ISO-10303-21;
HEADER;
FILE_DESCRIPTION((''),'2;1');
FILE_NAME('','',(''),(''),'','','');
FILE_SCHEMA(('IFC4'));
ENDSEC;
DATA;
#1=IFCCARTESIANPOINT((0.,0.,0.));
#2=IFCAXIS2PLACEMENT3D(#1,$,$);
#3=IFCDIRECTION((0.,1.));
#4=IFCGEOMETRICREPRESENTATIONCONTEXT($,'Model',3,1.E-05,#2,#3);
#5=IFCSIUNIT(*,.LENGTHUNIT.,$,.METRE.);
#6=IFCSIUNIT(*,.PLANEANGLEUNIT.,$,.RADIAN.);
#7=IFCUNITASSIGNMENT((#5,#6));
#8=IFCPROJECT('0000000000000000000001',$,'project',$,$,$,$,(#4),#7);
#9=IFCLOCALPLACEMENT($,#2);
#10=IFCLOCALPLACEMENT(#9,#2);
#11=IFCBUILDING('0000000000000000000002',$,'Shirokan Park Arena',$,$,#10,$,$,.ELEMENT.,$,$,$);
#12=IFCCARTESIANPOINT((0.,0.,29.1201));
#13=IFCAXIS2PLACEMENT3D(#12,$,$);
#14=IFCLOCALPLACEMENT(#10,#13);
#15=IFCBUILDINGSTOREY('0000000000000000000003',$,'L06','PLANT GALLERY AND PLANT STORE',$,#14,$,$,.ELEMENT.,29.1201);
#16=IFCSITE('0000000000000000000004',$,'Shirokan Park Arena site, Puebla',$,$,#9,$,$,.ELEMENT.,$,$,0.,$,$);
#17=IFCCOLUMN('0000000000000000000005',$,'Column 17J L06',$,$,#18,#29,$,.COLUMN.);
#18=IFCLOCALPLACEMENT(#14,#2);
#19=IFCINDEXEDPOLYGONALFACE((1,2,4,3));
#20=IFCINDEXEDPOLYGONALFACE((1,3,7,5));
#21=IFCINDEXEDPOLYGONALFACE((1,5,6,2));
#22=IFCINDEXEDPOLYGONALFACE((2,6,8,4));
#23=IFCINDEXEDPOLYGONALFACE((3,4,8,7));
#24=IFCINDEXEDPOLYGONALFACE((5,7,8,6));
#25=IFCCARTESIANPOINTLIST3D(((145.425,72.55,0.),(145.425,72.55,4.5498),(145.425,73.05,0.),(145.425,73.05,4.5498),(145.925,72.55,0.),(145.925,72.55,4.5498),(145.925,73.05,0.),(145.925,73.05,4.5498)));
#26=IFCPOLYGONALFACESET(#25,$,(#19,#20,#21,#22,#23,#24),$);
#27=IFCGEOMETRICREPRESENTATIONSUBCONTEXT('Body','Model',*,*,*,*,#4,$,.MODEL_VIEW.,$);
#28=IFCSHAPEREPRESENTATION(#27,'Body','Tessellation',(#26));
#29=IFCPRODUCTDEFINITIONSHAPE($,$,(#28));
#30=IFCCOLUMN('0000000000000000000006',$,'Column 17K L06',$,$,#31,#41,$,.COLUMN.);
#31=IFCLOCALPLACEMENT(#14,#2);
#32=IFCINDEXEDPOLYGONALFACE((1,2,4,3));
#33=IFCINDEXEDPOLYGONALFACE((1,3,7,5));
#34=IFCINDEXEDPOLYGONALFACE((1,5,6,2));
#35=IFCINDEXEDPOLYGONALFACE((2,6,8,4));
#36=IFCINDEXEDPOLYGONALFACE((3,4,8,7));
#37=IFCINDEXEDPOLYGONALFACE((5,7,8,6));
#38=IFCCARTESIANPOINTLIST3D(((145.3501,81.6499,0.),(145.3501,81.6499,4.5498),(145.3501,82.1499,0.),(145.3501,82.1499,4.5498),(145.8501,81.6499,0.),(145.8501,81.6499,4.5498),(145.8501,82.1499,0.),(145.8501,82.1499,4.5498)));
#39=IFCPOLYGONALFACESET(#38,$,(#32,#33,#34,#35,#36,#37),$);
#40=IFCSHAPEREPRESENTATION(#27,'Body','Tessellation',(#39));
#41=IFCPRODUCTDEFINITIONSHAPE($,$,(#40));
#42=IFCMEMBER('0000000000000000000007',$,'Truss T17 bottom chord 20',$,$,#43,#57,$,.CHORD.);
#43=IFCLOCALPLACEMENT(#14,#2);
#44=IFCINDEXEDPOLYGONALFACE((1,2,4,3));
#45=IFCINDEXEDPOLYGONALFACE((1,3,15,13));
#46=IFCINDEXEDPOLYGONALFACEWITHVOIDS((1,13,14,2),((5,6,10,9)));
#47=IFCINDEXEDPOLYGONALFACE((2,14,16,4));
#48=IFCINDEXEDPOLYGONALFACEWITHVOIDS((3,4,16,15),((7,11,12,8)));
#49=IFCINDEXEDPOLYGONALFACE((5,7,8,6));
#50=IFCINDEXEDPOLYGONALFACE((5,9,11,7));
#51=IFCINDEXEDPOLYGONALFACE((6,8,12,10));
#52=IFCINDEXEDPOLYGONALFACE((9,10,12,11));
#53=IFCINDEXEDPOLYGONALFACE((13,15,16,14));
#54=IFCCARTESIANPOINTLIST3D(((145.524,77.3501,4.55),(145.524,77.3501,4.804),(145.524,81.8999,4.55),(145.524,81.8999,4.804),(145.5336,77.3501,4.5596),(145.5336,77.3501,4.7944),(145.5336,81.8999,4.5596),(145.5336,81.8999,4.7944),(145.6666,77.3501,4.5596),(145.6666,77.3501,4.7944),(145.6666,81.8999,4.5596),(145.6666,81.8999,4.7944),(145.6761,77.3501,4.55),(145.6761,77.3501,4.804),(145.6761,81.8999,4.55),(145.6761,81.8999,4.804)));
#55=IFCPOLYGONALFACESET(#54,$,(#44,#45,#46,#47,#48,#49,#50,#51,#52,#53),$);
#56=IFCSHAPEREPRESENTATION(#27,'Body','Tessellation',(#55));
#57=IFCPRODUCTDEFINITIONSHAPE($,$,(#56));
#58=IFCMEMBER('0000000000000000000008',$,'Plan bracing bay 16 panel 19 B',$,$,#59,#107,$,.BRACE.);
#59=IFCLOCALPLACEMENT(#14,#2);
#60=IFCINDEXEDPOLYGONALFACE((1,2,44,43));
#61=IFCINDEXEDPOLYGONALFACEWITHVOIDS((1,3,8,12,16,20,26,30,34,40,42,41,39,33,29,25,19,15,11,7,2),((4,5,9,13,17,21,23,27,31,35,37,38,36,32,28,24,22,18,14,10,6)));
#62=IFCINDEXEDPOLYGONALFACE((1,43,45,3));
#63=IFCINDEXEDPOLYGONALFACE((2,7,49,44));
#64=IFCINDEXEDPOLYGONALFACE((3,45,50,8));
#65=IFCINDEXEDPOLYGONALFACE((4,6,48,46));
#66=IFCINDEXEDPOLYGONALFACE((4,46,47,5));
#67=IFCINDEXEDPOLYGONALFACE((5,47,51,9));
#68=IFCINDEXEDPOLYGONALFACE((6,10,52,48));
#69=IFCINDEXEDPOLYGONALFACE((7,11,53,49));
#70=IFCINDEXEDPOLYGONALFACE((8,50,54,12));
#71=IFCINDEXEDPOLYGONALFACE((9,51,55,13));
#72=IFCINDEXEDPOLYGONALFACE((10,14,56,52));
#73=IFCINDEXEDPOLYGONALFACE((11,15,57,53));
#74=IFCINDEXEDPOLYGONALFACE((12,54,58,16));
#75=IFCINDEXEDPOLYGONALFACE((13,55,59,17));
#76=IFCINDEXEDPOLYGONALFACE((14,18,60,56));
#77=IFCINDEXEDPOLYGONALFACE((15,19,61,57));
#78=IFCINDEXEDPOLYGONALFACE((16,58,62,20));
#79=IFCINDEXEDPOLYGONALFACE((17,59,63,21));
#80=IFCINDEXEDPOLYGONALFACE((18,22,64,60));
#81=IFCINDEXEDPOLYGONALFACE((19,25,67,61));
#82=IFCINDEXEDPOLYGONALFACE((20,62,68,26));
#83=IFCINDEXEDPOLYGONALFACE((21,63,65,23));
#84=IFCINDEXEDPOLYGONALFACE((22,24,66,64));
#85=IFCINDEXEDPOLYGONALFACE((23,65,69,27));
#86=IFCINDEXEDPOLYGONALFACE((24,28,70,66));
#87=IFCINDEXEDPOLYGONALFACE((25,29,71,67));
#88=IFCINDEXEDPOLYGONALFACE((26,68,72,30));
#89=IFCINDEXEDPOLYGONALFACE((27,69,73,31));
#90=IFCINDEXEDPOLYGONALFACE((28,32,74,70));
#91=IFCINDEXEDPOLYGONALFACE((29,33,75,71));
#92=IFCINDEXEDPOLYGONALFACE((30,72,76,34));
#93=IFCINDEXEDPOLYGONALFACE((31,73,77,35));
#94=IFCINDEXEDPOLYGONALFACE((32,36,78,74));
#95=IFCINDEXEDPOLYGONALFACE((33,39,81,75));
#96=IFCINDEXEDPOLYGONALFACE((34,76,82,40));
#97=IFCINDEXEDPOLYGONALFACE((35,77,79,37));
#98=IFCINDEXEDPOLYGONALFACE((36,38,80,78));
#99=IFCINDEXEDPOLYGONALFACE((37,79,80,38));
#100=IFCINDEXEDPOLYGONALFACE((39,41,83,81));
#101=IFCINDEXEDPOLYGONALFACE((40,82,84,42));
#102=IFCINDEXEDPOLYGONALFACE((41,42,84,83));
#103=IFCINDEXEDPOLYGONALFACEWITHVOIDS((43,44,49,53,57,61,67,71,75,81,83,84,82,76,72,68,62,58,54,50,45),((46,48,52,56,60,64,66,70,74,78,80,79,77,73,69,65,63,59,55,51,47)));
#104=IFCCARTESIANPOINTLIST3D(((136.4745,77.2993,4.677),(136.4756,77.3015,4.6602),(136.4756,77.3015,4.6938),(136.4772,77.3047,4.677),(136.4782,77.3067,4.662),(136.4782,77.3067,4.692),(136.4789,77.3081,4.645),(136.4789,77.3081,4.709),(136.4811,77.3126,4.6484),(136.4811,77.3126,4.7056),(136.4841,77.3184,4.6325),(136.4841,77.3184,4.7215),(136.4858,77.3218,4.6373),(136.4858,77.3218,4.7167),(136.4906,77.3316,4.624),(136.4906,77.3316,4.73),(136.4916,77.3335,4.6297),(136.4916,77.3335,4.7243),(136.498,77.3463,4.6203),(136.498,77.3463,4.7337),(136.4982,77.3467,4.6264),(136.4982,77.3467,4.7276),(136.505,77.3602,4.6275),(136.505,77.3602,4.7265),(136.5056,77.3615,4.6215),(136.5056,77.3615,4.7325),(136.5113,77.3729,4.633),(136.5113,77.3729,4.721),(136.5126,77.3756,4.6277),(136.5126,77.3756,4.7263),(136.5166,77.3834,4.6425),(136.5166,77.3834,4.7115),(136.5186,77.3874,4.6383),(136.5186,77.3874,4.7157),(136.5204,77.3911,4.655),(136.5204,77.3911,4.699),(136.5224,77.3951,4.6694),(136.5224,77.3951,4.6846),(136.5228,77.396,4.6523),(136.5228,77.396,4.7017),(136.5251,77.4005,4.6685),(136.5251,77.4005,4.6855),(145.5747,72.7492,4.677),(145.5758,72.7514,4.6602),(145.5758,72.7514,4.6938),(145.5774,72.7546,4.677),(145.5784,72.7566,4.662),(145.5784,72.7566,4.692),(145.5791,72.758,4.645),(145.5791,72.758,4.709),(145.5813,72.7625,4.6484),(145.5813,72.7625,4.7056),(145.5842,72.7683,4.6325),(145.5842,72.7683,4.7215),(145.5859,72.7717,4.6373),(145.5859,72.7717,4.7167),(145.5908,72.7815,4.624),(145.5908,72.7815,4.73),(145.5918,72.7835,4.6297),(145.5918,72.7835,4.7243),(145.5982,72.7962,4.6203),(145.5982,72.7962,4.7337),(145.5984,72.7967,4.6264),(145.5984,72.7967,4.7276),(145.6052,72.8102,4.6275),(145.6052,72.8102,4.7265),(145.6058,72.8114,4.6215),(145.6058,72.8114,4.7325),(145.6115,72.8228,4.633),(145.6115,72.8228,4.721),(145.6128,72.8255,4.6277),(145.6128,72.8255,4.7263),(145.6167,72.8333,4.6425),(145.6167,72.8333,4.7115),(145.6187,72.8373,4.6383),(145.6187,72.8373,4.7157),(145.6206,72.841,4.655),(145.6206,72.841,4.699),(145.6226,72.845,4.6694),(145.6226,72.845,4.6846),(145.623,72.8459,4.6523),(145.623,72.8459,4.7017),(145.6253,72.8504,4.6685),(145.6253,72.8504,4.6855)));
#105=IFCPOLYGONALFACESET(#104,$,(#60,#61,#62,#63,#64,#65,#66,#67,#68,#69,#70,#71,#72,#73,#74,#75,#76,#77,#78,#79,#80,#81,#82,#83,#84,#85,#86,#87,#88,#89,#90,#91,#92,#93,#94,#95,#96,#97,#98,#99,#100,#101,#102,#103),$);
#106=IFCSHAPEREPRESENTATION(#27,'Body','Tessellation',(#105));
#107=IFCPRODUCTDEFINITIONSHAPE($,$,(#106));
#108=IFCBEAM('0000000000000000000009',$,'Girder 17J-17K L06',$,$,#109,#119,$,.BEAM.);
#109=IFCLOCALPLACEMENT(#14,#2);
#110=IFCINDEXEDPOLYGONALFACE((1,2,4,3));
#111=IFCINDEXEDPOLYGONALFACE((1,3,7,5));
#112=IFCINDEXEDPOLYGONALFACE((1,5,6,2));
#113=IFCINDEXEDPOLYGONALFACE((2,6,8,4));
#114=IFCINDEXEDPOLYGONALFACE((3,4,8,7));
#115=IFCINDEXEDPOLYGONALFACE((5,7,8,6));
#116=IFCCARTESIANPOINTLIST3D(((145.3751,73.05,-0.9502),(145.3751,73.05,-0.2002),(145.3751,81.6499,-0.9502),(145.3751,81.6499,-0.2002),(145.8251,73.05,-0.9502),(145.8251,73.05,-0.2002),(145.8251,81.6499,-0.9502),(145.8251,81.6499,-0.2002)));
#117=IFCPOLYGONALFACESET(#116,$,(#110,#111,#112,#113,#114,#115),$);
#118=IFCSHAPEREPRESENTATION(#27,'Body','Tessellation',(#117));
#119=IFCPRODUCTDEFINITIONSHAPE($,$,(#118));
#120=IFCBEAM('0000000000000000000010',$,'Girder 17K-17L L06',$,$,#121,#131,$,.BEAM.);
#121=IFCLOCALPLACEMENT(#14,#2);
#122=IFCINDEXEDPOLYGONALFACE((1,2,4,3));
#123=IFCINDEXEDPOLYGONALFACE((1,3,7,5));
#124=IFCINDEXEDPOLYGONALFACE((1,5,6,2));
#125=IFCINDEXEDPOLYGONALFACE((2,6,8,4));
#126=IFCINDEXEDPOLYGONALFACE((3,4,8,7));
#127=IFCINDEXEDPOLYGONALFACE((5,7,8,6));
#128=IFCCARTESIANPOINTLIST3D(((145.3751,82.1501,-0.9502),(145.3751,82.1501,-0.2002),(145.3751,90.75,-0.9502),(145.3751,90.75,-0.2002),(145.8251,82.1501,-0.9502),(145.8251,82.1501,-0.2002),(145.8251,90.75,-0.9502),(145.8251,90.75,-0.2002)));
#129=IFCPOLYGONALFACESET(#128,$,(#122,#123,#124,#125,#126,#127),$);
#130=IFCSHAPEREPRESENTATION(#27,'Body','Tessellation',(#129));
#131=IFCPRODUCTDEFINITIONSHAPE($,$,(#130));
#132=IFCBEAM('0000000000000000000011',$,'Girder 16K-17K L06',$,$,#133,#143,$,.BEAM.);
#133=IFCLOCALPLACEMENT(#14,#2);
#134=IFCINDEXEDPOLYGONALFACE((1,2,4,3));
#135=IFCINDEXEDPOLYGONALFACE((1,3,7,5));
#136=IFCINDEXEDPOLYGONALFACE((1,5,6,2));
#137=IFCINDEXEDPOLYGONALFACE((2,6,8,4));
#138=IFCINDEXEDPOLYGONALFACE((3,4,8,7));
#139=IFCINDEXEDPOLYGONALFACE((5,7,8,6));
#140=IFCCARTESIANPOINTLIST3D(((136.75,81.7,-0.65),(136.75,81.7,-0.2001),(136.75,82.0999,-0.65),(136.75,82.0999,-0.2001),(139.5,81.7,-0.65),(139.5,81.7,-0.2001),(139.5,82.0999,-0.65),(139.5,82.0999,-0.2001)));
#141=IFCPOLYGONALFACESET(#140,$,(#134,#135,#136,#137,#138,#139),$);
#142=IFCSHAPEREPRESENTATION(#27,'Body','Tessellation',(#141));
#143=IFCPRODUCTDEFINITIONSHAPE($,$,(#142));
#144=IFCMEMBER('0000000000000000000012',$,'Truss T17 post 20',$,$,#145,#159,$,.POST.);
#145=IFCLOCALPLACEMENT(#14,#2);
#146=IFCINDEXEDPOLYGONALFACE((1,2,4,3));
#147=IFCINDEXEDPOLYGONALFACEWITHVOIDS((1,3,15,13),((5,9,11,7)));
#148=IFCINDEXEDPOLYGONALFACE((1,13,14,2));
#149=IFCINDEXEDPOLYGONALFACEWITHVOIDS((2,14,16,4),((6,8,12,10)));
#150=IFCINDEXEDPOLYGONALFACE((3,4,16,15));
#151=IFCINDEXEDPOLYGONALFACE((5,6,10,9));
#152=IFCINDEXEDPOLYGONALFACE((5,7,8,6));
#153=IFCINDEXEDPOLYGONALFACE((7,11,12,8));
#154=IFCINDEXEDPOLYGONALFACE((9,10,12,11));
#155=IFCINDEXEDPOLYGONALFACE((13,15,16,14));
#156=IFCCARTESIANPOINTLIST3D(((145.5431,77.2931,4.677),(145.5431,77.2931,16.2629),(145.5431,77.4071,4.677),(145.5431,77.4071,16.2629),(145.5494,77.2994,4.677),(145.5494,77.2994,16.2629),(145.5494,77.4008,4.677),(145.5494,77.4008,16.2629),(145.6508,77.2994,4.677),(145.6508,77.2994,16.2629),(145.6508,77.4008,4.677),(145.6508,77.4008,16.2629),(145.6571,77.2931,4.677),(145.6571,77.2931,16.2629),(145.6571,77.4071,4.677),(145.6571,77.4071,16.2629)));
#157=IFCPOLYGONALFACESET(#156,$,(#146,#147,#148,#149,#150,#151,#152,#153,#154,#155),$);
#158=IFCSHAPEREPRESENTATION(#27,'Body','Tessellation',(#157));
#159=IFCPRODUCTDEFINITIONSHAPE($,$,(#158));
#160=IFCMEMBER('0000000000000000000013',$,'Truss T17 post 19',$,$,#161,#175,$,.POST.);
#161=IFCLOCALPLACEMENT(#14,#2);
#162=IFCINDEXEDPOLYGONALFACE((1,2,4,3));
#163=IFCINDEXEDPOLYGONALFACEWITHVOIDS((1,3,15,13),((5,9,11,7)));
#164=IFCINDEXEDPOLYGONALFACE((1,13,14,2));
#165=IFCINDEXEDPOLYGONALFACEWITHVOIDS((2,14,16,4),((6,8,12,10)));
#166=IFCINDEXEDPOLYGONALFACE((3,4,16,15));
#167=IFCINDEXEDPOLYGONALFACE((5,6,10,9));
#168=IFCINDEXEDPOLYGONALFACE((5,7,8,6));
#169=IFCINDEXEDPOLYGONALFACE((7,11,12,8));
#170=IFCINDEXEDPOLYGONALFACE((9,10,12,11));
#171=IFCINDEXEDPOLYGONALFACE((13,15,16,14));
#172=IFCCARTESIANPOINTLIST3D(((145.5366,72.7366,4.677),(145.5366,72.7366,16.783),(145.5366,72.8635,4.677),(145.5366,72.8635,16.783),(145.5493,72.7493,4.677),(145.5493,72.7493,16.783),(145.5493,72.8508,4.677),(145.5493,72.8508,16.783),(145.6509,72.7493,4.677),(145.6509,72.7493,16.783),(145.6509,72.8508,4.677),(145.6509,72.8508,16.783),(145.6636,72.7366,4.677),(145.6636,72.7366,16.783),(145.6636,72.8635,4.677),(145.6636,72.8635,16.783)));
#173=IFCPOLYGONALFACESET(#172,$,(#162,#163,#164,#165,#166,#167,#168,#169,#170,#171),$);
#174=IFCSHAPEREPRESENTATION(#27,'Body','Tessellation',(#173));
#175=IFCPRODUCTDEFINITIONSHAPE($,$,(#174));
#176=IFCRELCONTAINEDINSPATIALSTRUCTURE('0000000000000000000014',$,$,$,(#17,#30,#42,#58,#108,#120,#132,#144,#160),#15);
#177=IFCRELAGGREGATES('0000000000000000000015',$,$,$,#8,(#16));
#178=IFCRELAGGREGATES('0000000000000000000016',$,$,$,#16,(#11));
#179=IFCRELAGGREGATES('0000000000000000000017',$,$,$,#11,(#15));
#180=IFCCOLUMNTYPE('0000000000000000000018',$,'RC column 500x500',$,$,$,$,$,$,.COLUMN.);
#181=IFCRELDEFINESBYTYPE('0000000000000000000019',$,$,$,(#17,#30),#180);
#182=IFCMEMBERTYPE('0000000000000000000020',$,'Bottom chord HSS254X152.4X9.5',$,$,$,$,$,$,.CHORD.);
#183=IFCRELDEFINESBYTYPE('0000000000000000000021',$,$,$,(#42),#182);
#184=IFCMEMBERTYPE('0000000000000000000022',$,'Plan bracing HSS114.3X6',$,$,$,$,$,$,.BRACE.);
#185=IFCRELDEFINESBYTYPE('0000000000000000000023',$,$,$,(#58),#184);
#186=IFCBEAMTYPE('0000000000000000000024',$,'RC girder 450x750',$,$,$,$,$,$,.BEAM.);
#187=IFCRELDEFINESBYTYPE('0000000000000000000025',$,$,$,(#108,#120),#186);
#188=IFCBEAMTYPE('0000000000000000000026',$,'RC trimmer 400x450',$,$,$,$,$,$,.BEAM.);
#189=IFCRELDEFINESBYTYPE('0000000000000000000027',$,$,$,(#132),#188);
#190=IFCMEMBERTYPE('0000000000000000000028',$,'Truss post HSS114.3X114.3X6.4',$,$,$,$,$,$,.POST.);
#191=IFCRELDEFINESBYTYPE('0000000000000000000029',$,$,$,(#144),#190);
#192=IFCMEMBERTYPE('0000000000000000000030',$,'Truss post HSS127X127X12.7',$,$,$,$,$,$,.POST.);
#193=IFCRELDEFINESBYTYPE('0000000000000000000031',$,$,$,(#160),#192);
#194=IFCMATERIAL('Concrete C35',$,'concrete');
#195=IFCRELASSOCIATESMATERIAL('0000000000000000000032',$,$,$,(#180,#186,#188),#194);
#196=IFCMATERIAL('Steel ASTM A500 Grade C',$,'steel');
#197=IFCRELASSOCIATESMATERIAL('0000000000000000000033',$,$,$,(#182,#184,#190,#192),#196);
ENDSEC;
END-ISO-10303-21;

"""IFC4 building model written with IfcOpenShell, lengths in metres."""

from ifc_helpers import new_model, si_unit, direction, frame, origin, origin_2d, place, context, subcontext, project, spatial, rectangle, hollow_rectangle, hollow_circle, extrude, material, material_profile, profile_set, type_object, element, save


model = new_model("IFC4")

# Units and contexts
model_context = context("Model", 3, precision=1e-05, world=origin(), true_north=direction((0.0, 1.0)))
body_context = subcontext(model_context, "Body", "Model", "MODEL_VIEW")
ifc_project = project(units=[si_unit("LENGTHUNIT", "METRE"), si_unit("PLANEANGLEUNIT", "RADIAN")], contexts=[model_context])

# Site, building, storey
site_placement = place(None, origin())
site = spatial("IfcSite", under=ifc_project, at=site_placement, Name="Shirokan Park Arena site, Puebla", CompositionType="ELEMENT", RefElevation=0.0)
building_placement = place(site_placement, origin())
building = spatial("IfcBuilding", under=site, at=building_placement, Name="Shirokan Park Arena", CompositionType="ELEMENT")
storey_placement = place(building_placement, frame((0.0, 0.0, 29.1201)))
storey = spatial("IfcBuildingStorey", under=building, at=storey_placement, Name="L06", Description="PLANT GALLERY AND PLANT STORE", CompositionType="ELEMENT", Elevation=29.1201)

# Columns
ifc_material_1 = material(Name="Concrete C35", Category="concrete")
ifc_material_profile_1 = material_profile(ifc_material_1, rectangle(XDim=0.5, YDim=0.5, at=origin_2d()), Name="500x500")
ifc_profile_set_1 = profile_set([ifc_material_profile_1], Name="Concrete C35")
column_type = type_object("IfcColumnType", Name="RC column 500x500", PredefinedType="COLUMN", material=ifc_profile_set_1)
for number, where, z_axis, x_axis, name in (
    (1, (145.675, 72.8, 0.0), (0.0, 0.0, 1.0), (1.0, 0.0, 0.0), "Column 17J L06"),
    (2, (145.6001, 81.8999, 0.0), (0.0, 0.0, 1.0), (1.0, 0.0, 0.0), "Column 17K L06"),
):
    element("IfcColumn", number, at=place(storey_placement, frame(where, z_axis=z_axis, x_axis=x_axis)), inside=storey, type_object=column_type, Name=name, PredefinedType="COLUMN", context=body_context, shape_type="SweptSolid", body=[
        extrude(rectangle(XDim=0.5, YDim=0.5, at=origin_2d()), origin(), (0.0, 0.0, 1.0), 4.5498),
    ])

# Members
ifc_material_2 = material(Name="Steel ASTM A500 Grade C", Category="steel")
ifc_material_profile_2 = material_profile(ifc_material_2, hollow_rectangle(XDim=0.1521, YDim=0.2539, WallThickness=0.0095, at=origin_2d()), Name="HSS254X152.4X9.5")
ifc_profile_set_2 = profile_set([ifc_material_profile_2], Name="Steel ASTM A500 Grade C")
member_type_1 = type_object("IfcMemberType", Name="Bottom chord HSS254X152.4X9.5", PredefinedType="CHORD", material=ifc_profile_set_2)
member_1_placement = place(storey_placement, frame((145.6001, 77.3501, 4.677), z_axis=(0.0, 1.0, 0.0), x_axis=(-1.0, 0.0, 0.0)))
element("IfcMember", 3, at=member_1_placement, inside=storey, type_object=member_type_1, Name="Truss T17 bottom chord 20", PredefinedType="CHORD", context=body_context, shape_type="SweptSolid", body=[
    extrude(hollow_rectangle(XDim=0.1521, YDim=0.2539, WallThickness=0.0095, at=origin_2d()), origin(), (0.0, 0.0, 1.0), 4.5498),
])
ifc_material_profile_3 = material_profile(ifc_material_2, hollow_circle(Radius=0.0569, WallThickness=0.0061, at=origin_2d()), Name="HSS114.3X6")
ifc_profile_set_3 = profile_set([ifc_material_profile_3], Name="Steel ASTM A500 Grade C")
member_type_2 = type_object("IfcMemberType", Name="Plan bracing HSS114.3X6", PredefinedType="BRACE", material=ifc_profile_set_3)
member_2_placement = place(storey_placement, frame((145.6001, 72.8, 4.677), z_axis=(-0.894427, 0.447214, 0.0), x_axis=(-0.447214, -0.894427, 0.0)))
element("IfcMember", 4, at=member_2_placement, inside=storey, type_object=member_type_2, Name="Plan bracing bay 16 panel 19 B", PredefinedType="BRACE", context=body_context, shape_type="SweptSolid", body=[
    extrude(hollow_circle(Radius=0.0569, WallThickness=0.0061, at=origin_2d()), origin(), (0.0, 0.0, 1.0), 10.1743),
])

# Beams
ifc_material_profile_4 = material_profile(ifc_material_1, rectangle(XDim=0.45, YDim=0.75, at=origin_2d()), Name="450x750")
ifc_profile_set_4 = profile_set([ifc_material_profile_4], Name="Concrete C35")
beam_type_1 = type_object("IfcBeamType", Name="RC girder 450x750", PredefinedType="BEAM", material=ifc_profile_set_4)
for number, where, z_axis, x_axis, name in (
    (5, (145.6001, 73.05, -0.5752), (0.0, 1.0, 0.0), (-1.0, 0.0, 0.0), "Girder 17J-17K L06"),
    (6, (145.6001, 82.1501, -0.5752), (0.0, 1.0, 0.0), (-1.0, 0.0, 0.0), "Girder 17K-17L L06"),
):
    element("IfcBeam", number, at=place(storey_placement, frame(where, z_axis=z_axis, x_axis=x_axis)), inside=storey, type_object=beam_type_1, Name=name, PredefinedType="BEAM", context=body_context, shape_type="SweptSolid", body=[
        extrude(rectangle(XDim=0.45, YDim=0.75, at=origin_2d()), origin(), (0.0, 0.0, 1.0), 8.5999),
    ])
ifc_material_profile_5 = material_profile(ifc_material_1, rectangle(XDim=0.3999, YDim=0.45, at=origin_2d()), Name="400x450")
ifc_profile_set_5 = profile_set([ifc_material_profile_5], Name="Concrete C35")
beam_type_2 = type_object("IfcBeamType", Name="RC trimmer 400x450", PredefinedType="BEAM", material=ifc_profile_set_5)
beam_placement = place(storey_placement, frame((136.75, 81.8999, -0.425), z_axis=(1.0, 0.0, 0.0), x_axis=(0.0, 1.0, 0.0)))
element("IfcBeam", 7, at=beam_placement, inside=storey, type_object=beam_type_2, Name="Girder 16K-17K L06", PredefinedType="BEAM", context=body_context, shape_type="SweptSolid", body=[
    extrude(rectangle(XDim=0.3999, YDim=0.45, at=origin_2d()), origin(), (0.0, 0.0, 1.0), 2.75),
])

# Members
ifc_material_profile_6 = material_profile(ifc_material_2, hollow_rectangle(XDim=0.114, YDim=0.114, WallThickness=0.0063, at=origin_2d()), Name="HSS114.3X114.3X6.4")
ifc_profile_set_6 = profile_set([ifc_material_profile_6], Name="Steel ASTM A500 Grade C")
member_type_3 = type_object("IfcMemberType", Name="Truss post HSS114.3X114.3X6.4", PredefinedType="POST", material=ifc_profile_set_6)
member_3_placement = place(storey_placement, frame((145.6001, 77.3501, 4.677), z_axis=(0.0, 0.0, 1.0), x_axis=(1.0, 0.0, 0.0)))
element("IfcMember", 8, at=member_3_placement, inside=storey, type_object=member_type_3, Name="Truss T17 post 20", PredefinedType="POST", context=body_context, shape_type="SweptSolid", body=[
    extrude(hollow_rectangle(XDim=0.114, YDim=0.114, WallThickness=0.0063, at=origin_2d()), origin(), (0.0, 0.0, 1.0), 11.5859),
])
ifc_material_profile_7 = material_profile(ifc_material_2, hollow_rectangle(XDim=0.127, YDim=0.127, WallThickness=0.0127, at=origin_2d()), Name="HSS127X127X12.7")
ifc_profile_set_7 = profile_set([ifc_material_profile_7], Name="Steel ASTM A500 Grade C")
member_type_4 = type_object("IfcMemberType", Name="Truss post HSS127X127X12.7", PredefinedType="POST", material=ifc_profile_set_7)
member_4_placement = place(storey_placement, frame((145.6001, 72.8, 4.677), z_axis=(0.0, 0.0, 1.0), x_axis=(1.0, 0.0, 0.0)))
element("IfcMember", 9, at=member_4_placement, inside=storey, type_object=member_type_4, Name="Truss T17 post 19", PredefinedType="POST", context=body_context, shape_type="SweptSolid", body=[
    extrude(hollow_rectangle(XDim=0.127, YDim=0.127, WallThickness=0.0127, at=origin_2d()), origin(), (0.0, 0.0, 1.0), 12.106),
])

save(model, "model.ifc")
